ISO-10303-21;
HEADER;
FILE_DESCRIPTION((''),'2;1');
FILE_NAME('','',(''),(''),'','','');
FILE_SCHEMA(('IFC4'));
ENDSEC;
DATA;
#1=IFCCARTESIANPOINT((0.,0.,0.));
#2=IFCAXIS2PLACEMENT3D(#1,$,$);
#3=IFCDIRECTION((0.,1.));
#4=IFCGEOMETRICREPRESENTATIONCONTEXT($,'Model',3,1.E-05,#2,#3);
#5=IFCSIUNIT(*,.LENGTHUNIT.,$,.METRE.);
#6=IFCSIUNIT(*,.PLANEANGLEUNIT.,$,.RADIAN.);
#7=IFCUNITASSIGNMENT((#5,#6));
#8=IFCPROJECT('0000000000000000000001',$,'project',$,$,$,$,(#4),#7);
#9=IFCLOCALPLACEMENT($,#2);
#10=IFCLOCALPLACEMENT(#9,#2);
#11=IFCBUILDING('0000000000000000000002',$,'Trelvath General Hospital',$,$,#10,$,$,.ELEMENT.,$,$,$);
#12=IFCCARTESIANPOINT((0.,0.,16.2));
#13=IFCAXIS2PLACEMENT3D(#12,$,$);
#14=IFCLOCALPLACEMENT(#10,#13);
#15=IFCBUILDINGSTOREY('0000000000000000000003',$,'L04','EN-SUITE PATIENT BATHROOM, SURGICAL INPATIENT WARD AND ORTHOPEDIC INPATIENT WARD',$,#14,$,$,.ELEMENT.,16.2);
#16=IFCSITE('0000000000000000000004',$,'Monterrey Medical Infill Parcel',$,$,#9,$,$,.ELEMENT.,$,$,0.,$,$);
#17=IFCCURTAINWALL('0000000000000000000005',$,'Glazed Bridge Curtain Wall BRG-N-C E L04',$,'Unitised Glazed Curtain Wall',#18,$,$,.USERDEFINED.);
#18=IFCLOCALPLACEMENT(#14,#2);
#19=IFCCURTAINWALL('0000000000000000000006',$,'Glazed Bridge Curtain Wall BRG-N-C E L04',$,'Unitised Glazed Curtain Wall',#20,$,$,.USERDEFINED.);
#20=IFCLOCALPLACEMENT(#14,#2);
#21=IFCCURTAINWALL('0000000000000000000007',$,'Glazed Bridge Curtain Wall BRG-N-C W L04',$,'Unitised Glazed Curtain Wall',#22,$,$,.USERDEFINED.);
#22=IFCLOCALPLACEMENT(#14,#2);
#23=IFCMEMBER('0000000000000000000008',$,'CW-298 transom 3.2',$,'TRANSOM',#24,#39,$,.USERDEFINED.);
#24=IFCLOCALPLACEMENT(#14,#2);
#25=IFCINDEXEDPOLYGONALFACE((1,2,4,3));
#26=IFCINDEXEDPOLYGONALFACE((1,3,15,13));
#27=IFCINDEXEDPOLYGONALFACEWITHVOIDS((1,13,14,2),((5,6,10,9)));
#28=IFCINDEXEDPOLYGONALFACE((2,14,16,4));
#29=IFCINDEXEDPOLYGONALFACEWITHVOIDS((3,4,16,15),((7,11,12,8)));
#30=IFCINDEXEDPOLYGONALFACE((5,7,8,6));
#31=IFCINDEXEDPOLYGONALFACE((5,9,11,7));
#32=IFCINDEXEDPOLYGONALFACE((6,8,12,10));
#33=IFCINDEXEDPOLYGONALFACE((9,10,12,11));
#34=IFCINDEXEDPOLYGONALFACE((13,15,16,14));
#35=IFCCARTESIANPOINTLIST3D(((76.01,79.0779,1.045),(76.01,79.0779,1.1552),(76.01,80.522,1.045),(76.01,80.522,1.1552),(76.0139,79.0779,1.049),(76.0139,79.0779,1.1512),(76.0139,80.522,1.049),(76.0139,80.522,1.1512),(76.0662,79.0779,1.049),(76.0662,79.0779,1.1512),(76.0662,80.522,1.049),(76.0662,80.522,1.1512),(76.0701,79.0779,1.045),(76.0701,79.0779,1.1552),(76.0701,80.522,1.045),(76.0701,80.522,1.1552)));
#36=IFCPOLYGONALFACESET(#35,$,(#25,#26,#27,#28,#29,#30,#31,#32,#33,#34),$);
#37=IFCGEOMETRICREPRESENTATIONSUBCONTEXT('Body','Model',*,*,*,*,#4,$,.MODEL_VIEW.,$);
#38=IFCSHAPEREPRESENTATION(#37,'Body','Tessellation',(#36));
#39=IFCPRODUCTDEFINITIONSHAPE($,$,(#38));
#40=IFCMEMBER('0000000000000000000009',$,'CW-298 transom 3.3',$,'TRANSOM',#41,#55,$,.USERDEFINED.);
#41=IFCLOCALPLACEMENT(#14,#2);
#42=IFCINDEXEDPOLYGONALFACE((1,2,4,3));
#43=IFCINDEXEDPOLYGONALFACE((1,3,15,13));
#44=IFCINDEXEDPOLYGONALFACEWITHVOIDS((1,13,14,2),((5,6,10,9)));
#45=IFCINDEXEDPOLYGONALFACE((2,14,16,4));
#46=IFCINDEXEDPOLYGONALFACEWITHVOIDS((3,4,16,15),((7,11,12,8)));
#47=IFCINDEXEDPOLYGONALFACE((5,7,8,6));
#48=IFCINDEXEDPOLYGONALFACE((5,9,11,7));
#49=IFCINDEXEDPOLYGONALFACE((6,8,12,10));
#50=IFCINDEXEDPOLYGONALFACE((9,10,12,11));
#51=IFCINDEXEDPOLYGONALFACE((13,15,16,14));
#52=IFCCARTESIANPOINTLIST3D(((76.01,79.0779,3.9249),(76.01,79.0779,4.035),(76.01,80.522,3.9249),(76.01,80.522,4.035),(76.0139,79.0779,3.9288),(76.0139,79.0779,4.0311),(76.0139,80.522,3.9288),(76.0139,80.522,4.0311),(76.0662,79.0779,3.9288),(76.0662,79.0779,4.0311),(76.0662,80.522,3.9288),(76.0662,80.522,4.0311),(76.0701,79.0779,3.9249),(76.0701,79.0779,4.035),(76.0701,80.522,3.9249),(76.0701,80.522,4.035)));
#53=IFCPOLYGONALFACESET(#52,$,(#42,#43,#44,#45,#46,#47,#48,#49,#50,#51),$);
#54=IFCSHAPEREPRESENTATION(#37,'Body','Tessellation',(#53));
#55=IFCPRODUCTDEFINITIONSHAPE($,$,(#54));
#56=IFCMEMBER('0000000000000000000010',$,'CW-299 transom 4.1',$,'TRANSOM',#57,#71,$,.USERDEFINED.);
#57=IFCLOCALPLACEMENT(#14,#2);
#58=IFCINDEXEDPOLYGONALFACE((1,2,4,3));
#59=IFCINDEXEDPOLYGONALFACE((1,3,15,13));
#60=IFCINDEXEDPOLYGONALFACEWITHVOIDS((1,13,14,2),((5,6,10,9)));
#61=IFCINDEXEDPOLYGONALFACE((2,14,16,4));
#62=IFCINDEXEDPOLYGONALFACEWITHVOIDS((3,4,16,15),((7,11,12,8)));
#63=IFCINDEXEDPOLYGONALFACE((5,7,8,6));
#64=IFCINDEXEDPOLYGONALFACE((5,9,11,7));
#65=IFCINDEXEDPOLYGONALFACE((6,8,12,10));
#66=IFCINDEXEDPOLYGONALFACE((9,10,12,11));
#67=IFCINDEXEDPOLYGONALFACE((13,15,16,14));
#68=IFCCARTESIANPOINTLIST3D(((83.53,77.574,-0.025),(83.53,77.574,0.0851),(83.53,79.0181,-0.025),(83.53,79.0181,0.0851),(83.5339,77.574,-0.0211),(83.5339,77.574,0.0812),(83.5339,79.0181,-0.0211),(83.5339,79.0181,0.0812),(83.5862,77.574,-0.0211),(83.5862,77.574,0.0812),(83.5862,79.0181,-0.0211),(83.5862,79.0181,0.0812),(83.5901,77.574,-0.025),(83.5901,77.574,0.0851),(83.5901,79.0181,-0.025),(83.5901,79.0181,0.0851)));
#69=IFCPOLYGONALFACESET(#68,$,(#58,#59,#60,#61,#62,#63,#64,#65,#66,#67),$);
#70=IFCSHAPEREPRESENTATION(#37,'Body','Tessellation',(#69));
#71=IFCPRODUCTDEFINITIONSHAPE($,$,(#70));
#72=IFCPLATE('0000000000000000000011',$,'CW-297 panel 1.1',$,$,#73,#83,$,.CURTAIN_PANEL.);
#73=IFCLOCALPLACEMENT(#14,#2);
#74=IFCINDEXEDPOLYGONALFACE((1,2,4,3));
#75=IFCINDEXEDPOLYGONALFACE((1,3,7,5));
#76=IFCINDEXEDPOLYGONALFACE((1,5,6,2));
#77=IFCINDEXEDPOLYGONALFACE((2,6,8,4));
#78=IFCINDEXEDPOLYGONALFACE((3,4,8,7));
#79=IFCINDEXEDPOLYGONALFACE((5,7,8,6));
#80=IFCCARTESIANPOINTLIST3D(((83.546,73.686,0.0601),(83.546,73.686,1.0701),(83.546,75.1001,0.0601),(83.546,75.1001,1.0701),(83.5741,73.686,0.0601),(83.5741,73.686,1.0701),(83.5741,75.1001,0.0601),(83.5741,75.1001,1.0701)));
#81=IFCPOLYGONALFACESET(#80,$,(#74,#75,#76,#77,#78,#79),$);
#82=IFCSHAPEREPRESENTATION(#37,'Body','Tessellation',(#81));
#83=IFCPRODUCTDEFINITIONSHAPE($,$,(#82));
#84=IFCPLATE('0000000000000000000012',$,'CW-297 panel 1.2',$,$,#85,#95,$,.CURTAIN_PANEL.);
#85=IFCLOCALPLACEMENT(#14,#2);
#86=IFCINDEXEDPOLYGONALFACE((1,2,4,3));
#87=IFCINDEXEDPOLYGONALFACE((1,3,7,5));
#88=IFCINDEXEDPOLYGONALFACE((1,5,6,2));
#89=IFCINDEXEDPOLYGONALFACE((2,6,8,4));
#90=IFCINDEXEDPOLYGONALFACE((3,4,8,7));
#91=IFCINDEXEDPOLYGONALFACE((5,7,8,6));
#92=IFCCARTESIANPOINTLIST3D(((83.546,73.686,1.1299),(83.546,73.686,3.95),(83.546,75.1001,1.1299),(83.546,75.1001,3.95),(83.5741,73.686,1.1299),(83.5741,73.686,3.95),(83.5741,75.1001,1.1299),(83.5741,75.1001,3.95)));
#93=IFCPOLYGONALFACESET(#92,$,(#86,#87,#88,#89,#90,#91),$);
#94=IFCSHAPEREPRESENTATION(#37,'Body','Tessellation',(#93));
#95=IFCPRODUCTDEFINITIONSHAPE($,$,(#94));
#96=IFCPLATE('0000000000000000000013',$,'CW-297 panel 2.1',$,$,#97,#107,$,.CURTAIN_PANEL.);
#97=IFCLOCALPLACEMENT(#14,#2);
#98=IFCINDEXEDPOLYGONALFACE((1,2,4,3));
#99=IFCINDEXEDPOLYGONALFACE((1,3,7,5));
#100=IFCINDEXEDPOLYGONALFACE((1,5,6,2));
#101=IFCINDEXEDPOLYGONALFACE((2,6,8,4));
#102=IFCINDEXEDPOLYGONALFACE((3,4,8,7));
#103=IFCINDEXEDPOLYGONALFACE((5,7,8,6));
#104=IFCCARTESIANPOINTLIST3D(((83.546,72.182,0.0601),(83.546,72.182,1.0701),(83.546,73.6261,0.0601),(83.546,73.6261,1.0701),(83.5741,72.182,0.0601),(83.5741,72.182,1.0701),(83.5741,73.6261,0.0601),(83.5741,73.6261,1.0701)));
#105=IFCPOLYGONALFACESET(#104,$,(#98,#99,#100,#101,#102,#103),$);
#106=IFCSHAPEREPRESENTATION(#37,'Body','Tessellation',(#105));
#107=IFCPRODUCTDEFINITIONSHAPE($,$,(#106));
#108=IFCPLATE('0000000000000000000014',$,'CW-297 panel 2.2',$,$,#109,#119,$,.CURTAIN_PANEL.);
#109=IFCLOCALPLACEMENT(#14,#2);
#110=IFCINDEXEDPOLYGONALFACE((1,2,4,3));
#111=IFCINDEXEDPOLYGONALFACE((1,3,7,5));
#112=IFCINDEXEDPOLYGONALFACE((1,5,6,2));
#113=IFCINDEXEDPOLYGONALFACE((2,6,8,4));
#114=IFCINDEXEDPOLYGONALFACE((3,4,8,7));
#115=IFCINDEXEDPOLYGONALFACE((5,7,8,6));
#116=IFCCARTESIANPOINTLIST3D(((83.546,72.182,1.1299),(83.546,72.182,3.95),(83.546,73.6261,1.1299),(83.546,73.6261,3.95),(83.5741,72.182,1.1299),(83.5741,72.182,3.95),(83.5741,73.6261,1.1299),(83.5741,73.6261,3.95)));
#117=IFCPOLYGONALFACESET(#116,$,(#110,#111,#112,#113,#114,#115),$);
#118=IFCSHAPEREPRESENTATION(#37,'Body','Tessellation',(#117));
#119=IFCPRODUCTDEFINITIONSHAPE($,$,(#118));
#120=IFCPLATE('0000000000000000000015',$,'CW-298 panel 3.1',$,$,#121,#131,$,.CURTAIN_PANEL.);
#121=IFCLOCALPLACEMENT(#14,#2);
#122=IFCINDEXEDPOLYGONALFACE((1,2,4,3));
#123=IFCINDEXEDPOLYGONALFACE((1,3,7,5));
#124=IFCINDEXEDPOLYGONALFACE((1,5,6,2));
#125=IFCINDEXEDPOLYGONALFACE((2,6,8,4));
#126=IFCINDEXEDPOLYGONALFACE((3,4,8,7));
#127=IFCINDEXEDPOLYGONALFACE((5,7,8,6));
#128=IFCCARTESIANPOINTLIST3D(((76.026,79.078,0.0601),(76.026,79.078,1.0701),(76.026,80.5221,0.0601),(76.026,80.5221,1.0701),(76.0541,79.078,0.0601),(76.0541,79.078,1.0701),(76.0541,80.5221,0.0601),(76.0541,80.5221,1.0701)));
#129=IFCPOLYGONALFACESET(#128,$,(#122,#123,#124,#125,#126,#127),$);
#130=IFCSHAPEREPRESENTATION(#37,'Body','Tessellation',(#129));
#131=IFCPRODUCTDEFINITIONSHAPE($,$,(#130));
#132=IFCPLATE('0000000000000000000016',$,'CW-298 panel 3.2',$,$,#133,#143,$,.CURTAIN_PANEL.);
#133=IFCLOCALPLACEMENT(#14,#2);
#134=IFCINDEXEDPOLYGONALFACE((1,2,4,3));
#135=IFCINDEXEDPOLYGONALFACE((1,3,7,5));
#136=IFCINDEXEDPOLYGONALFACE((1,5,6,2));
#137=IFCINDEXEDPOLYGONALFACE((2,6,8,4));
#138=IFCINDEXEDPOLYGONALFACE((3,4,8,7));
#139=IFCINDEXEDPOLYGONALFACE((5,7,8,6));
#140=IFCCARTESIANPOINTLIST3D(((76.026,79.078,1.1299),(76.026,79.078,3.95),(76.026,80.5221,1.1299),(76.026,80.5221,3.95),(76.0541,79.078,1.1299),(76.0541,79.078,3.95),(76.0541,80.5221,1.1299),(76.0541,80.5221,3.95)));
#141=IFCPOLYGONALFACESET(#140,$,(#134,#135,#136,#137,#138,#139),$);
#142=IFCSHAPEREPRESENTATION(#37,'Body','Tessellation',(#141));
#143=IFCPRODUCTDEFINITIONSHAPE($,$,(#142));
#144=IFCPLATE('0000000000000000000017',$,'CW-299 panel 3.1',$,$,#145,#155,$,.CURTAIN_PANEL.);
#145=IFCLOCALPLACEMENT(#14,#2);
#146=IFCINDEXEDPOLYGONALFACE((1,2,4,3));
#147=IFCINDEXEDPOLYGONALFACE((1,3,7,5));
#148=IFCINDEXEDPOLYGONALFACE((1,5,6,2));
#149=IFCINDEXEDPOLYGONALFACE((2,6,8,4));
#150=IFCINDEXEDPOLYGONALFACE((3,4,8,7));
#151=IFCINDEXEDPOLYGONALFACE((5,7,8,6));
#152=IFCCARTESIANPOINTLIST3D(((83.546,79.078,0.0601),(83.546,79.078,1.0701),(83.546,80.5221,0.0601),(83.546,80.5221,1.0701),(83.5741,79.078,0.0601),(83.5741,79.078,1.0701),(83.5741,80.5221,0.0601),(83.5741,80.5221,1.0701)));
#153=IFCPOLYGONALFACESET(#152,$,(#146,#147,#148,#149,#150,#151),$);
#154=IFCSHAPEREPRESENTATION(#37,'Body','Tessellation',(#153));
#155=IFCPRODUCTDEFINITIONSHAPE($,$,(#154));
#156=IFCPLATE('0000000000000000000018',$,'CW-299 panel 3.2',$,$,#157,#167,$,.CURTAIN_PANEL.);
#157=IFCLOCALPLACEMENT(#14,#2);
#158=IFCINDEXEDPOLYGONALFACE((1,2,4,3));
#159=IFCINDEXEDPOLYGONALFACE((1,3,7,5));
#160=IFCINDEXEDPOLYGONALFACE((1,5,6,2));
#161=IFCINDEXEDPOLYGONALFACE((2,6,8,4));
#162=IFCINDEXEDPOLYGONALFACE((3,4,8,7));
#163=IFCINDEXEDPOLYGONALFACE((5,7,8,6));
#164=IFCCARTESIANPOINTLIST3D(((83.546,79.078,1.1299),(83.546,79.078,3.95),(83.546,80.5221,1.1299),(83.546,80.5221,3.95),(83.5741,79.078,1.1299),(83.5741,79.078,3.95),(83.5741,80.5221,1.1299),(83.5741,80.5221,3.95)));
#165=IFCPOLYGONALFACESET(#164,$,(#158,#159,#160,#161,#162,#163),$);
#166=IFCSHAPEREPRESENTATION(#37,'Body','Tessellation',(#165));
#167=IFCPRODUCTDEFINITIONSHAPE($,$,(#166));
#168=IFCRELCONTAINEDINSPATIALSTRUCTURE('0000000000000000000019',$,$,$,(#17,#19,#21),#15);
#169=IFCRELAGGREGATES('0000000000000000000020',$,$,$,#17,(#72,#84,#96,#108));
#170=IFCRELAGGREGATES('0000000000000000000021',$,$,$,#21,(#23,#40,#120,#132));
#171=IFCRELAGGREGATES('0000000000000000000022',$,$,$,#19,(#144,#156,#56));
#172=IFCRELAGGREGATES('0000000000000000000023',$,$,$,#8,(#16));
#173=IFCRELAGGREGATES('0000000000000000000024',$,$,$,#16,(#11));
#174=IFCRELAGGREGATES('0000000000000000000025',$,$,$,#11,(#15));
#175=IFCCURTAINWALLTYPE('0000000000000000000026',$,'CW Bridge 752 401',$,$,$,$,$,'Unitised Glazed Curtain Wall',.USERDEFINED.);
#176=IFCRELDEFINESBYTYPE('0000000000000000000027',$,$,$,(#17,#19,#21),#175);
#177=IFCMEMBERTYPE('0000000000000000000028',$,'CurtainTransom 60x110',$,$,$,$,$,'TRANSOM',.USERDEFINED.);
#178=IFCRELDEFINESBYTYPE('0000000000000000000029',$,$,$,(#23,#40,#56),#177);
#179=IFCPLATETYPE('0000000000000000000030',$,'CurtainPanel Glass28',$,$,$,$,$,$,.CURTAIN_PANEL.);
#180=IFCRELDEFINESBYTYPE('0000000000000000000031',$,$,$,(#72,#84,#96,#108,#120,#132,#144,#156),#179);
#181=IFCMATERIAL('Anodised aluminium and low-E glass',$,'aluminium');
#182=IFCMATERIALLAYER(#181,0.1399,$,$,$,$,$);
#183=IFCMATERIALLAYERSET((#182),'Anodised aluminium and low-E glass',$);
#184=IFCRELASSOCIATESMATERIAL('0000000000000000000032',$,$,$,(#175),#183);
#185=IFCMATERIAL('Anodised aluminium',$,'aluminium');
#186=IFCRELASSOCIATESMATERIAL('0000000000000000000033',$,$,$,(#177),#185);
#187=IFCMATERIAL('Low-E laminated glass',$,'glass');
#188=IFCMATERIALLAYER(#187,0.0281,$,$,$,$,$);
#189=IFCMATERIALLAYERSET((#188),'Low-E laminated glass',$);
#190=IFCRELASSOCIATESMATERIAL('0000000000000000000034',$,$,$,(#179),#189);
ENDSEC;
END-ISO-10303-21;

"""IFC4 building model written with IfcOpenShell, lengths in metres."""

from ifc_helpers import new_model, si_unit, direction, frame, origin, origin_2d, place, context, subcontext, project, spatial, rectangle, hollow_rectangle, extrude, material, layer, layer_set, material_profile, profile_set, type_object, element, aggregate, save


model = new_model("IFC4")

# Units and contexts
model_context = context("Model", 3, precision=1e-05, world=origin(), true_north=direction((0.0, 1.0)))
body_context = subcontext(model_context, "Body", "Model", "MODEL_VIEW")
ifc_project = project(units=[si_unit("LENGTHUNIT", "METRE"), si_unit("PLANEANGLEUNIT", "RADIAN")], contexts=[model_context])

# Site, building, storey
site_placement = place(None, origin())
site = spatial("IfcSite", under=ifc_project, at=site_placement, Name="Monterrey Medical Infill Parcel", CompositionType="ELEMENT", RefElevation=0.0)
building_placement = place(site_placement, origin())
building = spatial("IfcBuilding", under=site, at=building_placement, Name="Trelvath General Hospital", CompositionType="ELEMENT")
storey_placement = place(building_placement, frame((0.0, 0.0, 16.2)))
storey = spatial("IfcBuildingStorey", under=building, at=storey_placement, Name="L04", Description="EN-SUITE PATIENT BATHROOM, SURGICAL INPATIENT WARD AND ORTHOPEDIC INPATIENT WARD", CompositionType="ELEMENT", Elevation=16.2)

# Curtain walls
ifc_material_1 = material(Name="Anodised aluminium and low-E glass", Category="aluminium")
ifc_layer_1 = layer(ifc_material_1, 0.1399)
ifc_layer_set_1 = layer_set([ifc_layer_1], Name="Anodised aluminium and low-E glass")
curtain_wall_type = type_object("IfcCurtainWallType", Name="CW Bridge 752 401", ElementType="Unitised Glazed Curtain Wall", PredefinedType="USERDEFINED", material=ifc_layer_set_1)
curtain_wall_1_placement = place(storey_placement, origin())
curtain_wall_1 = element("IfcCurtainWall", 1, at=curtain_wall_1_placement, inside=storey, type_object=curtain_wall_type, Name="Glazed Bridge Curtain Wall BRG-N-C E L04", ObjectType="Unitised Glazed Curtain Wall", PredefinedType="USERDEFINED")
curtain_wall_2_placement = place(storey_placement, origin())
curtain_wall_2 = element("IfcCurtainWall", 2, at=curtain_wall_2_placement, inside=storey, type_object=curtain_wall_type, Name="Glazed Bridge Curtain Wall BRG-N-C E L04", ObjectType="Unitised Glazed Curtain Wall", PredefinedType="USERDEFINED")

# Shared definitions
ifc_material_2 = material(Name="Anodised aluminium", Category="aluminium")
ifc_material_profile_1 = material_profile(ifc_material_2, hollow_rectangle(XDim=0.0601, YDim=0.1101, WallThickness=0.0039, at=origin_2d()), Name="RHS60x110x4")
ifc_profile_set_1 = profile_set([ifc_material_profile_1], Name="Anodised aluminium")
member_type_1 = type_object("IfcMemberType", Name="CurtainTransom 60x110", ElementType="TRANSOM", PredefinedType="USERDEFINED", material=ifc_profile_set_1)

# Curtain wall, members
curtain_wall_3_placement = place(storey_placement, origin())
curtain_wall_3 = element("IfcCurtainWall", 3, at=curtain_wall_3_placement, inside=storey, type_object=curtain_wall_type, Name="Glazed Bridge Curtain Wall BRG-N-C W L04", ObjectType="Unitised Glazed Curtain Wall", PredefinedType="USERDEFINED")
member_1_placement = place(storey_placement, frame((76.04, 79.0779, 1.1001), z_axis=(0.0, 1.0, 0.0), x_axis=(-1.0, 0.0, 0.0)))
member_1 = element("IfcMember", 4, at=member_1_placement, type_object=member_type_1, Name="CW-298 transom 3.2", ObjectType="TRANSOM", PredefinedType="USERDEFINED", context=body_context, shape_type="SweptSolid", body=[
    extrude(hollow_rectangle(XDim=0.0601, YDim=0.1101, WallThickness=0.0039, at=origin_2d()), origin(), (0.0, 0.0, 1.0), 1.4441),
])
member_2_placement = place(storey_placement, frame((76.04, 79.0779, 3.98), z_axis=(0.0, 1.0, 0.0), x_axis=(-1.0, 0.0, 0.0)))
member_2 = element("IfcMember", 5, at=member_2_placement, type_object=member_type_1, Name="CW-298 transom 3.3", ObjectType="TRANSOM", PredefinedType="USERDEFINED", context=body_context, shape_type="SweptSolid", body=[
    extrude(hollow_rectangle(XDim=0.0601, YDim=0.1101, WallThickness=0.0039, at=origin_2d()), origin(), (0.0, 0.0, 1.0), 1.4441),
])

# Member
member_3_placement = place(storey_placement, frame((83.5601, 79.0181, 0.03), z_axis=(0.0, -1.0, 0.0), x_axis=(1.0, 0.0, 0.0)))
member_3 = element("IfcMember", 6, at=member_3_placement, type_object=member_type_1, Name="CW-299 transom 4.1", ObjectType="TRANSOM", PredefinedType="USERDEFINED", context=body_context, shape_type="SweptSolid", body=[
    extrude(hollow_rectangle(XDim=0.0601, YDim=0.1101, WallThickness=0.0039, at=origin_2d()), origin(), (0.0, 0.0, 1.0), 1.4441),
])

# Plates
ifc_material_3 = material(Name="Low-E laminated glass", Category="glass")
ifc_layer_2 = layer(ifc_material_3, 0.0281)
ifc_layer_set_2 = layer_set([ifc_layer_2], Name="Low-E laminated glass")
plate_type = type_object("IfcPlateType", Name="CurtainPanel Glass28", PredefinedType="CURTAIN_PANEL", material=ifc_layer_set_2)
plate_1_placement = place(storey_placement, frame((83.5601, 74.3931, 0.0601), z_axis=(0.0, 0.0, 1.0), x_axis=(0.0, -1.0, 0.0)))
plate_1 = element("IfcPlate", 7, at=plate_1_placement, type_object=plate_type, Name="CW-297 panel 1.1", PredefinedType="CURTAIN_PANEL", context=body_context, shape_type="SweptSolid", body=[
    extrude(rectangle(XDim=1.4141, YDim=0.0281, at=origin_2d()), origin(), (0.0, 0.0, 1.0), 1.01),
])
plate_2_placement = place(storey_placement, frame((83.5601, 74.3931, 1.1299), z_axis=(0.0, 0.0, 1.0), x_axis=(0.0, -1.0, 0.0)))
plate_2 = element("IfcPlate", 8, at=plate_2_placement, type_object=plate_type, Name="CW-297 panel 1.2", PredefinedType="CURTAIN_PANEL", context=body_context, shape_type="SweptSolid", body=[
    extrude(rectangle(XDim=1.4141, YDim=0.0281, at=origin_2d()), origin(), (0.0, 0.0, 1.0), 2.8201),
])
plate_3_placement = place(storey_placement, frame((83.5601, 72.9041, 0.0601), z_axis=(0.0, 0.0, 1.0), x_axis=(0.0, -1.0, 0.0)))
plate_3 = element("IfcPlate", 9, at=plate_3_placement, type_object=plate_type, Name="CW-297 panel 2.1", PredefinedType="CURTAIN_PANEL", context=body_context, shape_type="SweptSolid", body=[
    extrude(rectangle(XDim=1.4441, YDim=0.0281, at=origin_2d()), origin(), (0.0, 0.0, 1.0), 1.01),
])
plate_4_placement = place(storey_placement, frame((83.5601, 72.9041, 1.1299), z_axis=(0.0, 0.0, 1.0), x_axis=(0.0, -1.0, 0.0)))
plate_4 = element("IfcPlate", 10, at=plate_4_placement, type_object=plate_type, Name="CW-297 panel 2.2", PredefinedType="CURTAIN_PANEL", context=body_context, shape_type="SweptSolid", body=[
    extrude(rectangle(XDim=1.4441, YDim=0.0281, at=origin_2d()), origin(), (0.0, 0.0, 1.0), 2.8201),
])
aggregate(curtain_wall_1, [plate_1, plate_2, plate_3, plate_4])
plate_5_placement = place(storey_placement, frame((76.04, 79.8, 0.0601), z_axis=(0.0, 0.0, 1.0), x_axis=(0.0, 1.0, 0.0)))
plate_5 = element("IfcPlate", 11, at=plate_5_placement, type_object=plate_type, Name="CW-298 panel 3.1", PredefinedType="CURTAIN_PANEL", context=body_context, shape_type="SweptSolid", body=[
    extrude(rectangle(XDim=1.4441, YDim=0.0281, at=origin_2d()), origin(), (0.0, 0.0, 1.0), 1.01),
])
plate_6_placement = place(storey_placement, frame((76.04, 79.8, 1.1299), z_axis=(0.0, 0.0, 1.0), x_axis=(0.0, 1.0, 0.0)))
plate_6 = element("IfcPlate", 12, at=plate_6_placement, type_object=plate_type, Name="CW-298 panel 3.2", PredefinedType="CURTAIN_PANEL", context=body_context, shape_type="SweptSolid", body=[
    extrude(rectangle(XDim=1.4441, YDim=0.0281, at=origin_2d()), origin(), (0.0, 0.0, 1.0), 2.8201),
])
aggregate(curtain_wall_3, [member_1, member_2, plate_5, plate_6])
plate_7_placement = place(storey_placement, frame((83.5601, 79.8, 0.0601), z_axis=(0.0, 0.0, 1.0), x_axis=(0.0, -1.0, 0.0)))
plate_7 = element("IfcPlate", 13, at=plate_7_placement, type_object=plate_type, Name="CW-299 panel 3.1", PredefinedType="CURTAIN_PANEL", context=body_context, shape_type="SweptSolid", body=[
    extrude(rectangle(XDim=1.4441, YDim=0.0281, at=origin_2d()), origin(), (0.0, 0.0, 1.0), 1.01),
])
plate_8_placement = place(storey_placement, frame((83.5601, 79.8, 1.1299), z_axis=(0.0, 0.0, 1.0), x_axis=(0.0, -1.0, 0.0)))
plate_8 = element("IfcPlate", 14, at=plate_8_placement, type_object=plate_type, Name="CW-299 panel 3.2", PredefinedType="CURTAIN_PANEL", context=body_context, shape_type="SweptSolid", body=[
    extrude(rectangle(XDim=1.4441, YDim=0.0281, at=origin_2d()), origin(), (0.0, 0.0, 1.0), 2.8201),
])
aggregate(curtain_wall_2, [plate_7, plate_8, member_3])

save(model, "model.ifc")
